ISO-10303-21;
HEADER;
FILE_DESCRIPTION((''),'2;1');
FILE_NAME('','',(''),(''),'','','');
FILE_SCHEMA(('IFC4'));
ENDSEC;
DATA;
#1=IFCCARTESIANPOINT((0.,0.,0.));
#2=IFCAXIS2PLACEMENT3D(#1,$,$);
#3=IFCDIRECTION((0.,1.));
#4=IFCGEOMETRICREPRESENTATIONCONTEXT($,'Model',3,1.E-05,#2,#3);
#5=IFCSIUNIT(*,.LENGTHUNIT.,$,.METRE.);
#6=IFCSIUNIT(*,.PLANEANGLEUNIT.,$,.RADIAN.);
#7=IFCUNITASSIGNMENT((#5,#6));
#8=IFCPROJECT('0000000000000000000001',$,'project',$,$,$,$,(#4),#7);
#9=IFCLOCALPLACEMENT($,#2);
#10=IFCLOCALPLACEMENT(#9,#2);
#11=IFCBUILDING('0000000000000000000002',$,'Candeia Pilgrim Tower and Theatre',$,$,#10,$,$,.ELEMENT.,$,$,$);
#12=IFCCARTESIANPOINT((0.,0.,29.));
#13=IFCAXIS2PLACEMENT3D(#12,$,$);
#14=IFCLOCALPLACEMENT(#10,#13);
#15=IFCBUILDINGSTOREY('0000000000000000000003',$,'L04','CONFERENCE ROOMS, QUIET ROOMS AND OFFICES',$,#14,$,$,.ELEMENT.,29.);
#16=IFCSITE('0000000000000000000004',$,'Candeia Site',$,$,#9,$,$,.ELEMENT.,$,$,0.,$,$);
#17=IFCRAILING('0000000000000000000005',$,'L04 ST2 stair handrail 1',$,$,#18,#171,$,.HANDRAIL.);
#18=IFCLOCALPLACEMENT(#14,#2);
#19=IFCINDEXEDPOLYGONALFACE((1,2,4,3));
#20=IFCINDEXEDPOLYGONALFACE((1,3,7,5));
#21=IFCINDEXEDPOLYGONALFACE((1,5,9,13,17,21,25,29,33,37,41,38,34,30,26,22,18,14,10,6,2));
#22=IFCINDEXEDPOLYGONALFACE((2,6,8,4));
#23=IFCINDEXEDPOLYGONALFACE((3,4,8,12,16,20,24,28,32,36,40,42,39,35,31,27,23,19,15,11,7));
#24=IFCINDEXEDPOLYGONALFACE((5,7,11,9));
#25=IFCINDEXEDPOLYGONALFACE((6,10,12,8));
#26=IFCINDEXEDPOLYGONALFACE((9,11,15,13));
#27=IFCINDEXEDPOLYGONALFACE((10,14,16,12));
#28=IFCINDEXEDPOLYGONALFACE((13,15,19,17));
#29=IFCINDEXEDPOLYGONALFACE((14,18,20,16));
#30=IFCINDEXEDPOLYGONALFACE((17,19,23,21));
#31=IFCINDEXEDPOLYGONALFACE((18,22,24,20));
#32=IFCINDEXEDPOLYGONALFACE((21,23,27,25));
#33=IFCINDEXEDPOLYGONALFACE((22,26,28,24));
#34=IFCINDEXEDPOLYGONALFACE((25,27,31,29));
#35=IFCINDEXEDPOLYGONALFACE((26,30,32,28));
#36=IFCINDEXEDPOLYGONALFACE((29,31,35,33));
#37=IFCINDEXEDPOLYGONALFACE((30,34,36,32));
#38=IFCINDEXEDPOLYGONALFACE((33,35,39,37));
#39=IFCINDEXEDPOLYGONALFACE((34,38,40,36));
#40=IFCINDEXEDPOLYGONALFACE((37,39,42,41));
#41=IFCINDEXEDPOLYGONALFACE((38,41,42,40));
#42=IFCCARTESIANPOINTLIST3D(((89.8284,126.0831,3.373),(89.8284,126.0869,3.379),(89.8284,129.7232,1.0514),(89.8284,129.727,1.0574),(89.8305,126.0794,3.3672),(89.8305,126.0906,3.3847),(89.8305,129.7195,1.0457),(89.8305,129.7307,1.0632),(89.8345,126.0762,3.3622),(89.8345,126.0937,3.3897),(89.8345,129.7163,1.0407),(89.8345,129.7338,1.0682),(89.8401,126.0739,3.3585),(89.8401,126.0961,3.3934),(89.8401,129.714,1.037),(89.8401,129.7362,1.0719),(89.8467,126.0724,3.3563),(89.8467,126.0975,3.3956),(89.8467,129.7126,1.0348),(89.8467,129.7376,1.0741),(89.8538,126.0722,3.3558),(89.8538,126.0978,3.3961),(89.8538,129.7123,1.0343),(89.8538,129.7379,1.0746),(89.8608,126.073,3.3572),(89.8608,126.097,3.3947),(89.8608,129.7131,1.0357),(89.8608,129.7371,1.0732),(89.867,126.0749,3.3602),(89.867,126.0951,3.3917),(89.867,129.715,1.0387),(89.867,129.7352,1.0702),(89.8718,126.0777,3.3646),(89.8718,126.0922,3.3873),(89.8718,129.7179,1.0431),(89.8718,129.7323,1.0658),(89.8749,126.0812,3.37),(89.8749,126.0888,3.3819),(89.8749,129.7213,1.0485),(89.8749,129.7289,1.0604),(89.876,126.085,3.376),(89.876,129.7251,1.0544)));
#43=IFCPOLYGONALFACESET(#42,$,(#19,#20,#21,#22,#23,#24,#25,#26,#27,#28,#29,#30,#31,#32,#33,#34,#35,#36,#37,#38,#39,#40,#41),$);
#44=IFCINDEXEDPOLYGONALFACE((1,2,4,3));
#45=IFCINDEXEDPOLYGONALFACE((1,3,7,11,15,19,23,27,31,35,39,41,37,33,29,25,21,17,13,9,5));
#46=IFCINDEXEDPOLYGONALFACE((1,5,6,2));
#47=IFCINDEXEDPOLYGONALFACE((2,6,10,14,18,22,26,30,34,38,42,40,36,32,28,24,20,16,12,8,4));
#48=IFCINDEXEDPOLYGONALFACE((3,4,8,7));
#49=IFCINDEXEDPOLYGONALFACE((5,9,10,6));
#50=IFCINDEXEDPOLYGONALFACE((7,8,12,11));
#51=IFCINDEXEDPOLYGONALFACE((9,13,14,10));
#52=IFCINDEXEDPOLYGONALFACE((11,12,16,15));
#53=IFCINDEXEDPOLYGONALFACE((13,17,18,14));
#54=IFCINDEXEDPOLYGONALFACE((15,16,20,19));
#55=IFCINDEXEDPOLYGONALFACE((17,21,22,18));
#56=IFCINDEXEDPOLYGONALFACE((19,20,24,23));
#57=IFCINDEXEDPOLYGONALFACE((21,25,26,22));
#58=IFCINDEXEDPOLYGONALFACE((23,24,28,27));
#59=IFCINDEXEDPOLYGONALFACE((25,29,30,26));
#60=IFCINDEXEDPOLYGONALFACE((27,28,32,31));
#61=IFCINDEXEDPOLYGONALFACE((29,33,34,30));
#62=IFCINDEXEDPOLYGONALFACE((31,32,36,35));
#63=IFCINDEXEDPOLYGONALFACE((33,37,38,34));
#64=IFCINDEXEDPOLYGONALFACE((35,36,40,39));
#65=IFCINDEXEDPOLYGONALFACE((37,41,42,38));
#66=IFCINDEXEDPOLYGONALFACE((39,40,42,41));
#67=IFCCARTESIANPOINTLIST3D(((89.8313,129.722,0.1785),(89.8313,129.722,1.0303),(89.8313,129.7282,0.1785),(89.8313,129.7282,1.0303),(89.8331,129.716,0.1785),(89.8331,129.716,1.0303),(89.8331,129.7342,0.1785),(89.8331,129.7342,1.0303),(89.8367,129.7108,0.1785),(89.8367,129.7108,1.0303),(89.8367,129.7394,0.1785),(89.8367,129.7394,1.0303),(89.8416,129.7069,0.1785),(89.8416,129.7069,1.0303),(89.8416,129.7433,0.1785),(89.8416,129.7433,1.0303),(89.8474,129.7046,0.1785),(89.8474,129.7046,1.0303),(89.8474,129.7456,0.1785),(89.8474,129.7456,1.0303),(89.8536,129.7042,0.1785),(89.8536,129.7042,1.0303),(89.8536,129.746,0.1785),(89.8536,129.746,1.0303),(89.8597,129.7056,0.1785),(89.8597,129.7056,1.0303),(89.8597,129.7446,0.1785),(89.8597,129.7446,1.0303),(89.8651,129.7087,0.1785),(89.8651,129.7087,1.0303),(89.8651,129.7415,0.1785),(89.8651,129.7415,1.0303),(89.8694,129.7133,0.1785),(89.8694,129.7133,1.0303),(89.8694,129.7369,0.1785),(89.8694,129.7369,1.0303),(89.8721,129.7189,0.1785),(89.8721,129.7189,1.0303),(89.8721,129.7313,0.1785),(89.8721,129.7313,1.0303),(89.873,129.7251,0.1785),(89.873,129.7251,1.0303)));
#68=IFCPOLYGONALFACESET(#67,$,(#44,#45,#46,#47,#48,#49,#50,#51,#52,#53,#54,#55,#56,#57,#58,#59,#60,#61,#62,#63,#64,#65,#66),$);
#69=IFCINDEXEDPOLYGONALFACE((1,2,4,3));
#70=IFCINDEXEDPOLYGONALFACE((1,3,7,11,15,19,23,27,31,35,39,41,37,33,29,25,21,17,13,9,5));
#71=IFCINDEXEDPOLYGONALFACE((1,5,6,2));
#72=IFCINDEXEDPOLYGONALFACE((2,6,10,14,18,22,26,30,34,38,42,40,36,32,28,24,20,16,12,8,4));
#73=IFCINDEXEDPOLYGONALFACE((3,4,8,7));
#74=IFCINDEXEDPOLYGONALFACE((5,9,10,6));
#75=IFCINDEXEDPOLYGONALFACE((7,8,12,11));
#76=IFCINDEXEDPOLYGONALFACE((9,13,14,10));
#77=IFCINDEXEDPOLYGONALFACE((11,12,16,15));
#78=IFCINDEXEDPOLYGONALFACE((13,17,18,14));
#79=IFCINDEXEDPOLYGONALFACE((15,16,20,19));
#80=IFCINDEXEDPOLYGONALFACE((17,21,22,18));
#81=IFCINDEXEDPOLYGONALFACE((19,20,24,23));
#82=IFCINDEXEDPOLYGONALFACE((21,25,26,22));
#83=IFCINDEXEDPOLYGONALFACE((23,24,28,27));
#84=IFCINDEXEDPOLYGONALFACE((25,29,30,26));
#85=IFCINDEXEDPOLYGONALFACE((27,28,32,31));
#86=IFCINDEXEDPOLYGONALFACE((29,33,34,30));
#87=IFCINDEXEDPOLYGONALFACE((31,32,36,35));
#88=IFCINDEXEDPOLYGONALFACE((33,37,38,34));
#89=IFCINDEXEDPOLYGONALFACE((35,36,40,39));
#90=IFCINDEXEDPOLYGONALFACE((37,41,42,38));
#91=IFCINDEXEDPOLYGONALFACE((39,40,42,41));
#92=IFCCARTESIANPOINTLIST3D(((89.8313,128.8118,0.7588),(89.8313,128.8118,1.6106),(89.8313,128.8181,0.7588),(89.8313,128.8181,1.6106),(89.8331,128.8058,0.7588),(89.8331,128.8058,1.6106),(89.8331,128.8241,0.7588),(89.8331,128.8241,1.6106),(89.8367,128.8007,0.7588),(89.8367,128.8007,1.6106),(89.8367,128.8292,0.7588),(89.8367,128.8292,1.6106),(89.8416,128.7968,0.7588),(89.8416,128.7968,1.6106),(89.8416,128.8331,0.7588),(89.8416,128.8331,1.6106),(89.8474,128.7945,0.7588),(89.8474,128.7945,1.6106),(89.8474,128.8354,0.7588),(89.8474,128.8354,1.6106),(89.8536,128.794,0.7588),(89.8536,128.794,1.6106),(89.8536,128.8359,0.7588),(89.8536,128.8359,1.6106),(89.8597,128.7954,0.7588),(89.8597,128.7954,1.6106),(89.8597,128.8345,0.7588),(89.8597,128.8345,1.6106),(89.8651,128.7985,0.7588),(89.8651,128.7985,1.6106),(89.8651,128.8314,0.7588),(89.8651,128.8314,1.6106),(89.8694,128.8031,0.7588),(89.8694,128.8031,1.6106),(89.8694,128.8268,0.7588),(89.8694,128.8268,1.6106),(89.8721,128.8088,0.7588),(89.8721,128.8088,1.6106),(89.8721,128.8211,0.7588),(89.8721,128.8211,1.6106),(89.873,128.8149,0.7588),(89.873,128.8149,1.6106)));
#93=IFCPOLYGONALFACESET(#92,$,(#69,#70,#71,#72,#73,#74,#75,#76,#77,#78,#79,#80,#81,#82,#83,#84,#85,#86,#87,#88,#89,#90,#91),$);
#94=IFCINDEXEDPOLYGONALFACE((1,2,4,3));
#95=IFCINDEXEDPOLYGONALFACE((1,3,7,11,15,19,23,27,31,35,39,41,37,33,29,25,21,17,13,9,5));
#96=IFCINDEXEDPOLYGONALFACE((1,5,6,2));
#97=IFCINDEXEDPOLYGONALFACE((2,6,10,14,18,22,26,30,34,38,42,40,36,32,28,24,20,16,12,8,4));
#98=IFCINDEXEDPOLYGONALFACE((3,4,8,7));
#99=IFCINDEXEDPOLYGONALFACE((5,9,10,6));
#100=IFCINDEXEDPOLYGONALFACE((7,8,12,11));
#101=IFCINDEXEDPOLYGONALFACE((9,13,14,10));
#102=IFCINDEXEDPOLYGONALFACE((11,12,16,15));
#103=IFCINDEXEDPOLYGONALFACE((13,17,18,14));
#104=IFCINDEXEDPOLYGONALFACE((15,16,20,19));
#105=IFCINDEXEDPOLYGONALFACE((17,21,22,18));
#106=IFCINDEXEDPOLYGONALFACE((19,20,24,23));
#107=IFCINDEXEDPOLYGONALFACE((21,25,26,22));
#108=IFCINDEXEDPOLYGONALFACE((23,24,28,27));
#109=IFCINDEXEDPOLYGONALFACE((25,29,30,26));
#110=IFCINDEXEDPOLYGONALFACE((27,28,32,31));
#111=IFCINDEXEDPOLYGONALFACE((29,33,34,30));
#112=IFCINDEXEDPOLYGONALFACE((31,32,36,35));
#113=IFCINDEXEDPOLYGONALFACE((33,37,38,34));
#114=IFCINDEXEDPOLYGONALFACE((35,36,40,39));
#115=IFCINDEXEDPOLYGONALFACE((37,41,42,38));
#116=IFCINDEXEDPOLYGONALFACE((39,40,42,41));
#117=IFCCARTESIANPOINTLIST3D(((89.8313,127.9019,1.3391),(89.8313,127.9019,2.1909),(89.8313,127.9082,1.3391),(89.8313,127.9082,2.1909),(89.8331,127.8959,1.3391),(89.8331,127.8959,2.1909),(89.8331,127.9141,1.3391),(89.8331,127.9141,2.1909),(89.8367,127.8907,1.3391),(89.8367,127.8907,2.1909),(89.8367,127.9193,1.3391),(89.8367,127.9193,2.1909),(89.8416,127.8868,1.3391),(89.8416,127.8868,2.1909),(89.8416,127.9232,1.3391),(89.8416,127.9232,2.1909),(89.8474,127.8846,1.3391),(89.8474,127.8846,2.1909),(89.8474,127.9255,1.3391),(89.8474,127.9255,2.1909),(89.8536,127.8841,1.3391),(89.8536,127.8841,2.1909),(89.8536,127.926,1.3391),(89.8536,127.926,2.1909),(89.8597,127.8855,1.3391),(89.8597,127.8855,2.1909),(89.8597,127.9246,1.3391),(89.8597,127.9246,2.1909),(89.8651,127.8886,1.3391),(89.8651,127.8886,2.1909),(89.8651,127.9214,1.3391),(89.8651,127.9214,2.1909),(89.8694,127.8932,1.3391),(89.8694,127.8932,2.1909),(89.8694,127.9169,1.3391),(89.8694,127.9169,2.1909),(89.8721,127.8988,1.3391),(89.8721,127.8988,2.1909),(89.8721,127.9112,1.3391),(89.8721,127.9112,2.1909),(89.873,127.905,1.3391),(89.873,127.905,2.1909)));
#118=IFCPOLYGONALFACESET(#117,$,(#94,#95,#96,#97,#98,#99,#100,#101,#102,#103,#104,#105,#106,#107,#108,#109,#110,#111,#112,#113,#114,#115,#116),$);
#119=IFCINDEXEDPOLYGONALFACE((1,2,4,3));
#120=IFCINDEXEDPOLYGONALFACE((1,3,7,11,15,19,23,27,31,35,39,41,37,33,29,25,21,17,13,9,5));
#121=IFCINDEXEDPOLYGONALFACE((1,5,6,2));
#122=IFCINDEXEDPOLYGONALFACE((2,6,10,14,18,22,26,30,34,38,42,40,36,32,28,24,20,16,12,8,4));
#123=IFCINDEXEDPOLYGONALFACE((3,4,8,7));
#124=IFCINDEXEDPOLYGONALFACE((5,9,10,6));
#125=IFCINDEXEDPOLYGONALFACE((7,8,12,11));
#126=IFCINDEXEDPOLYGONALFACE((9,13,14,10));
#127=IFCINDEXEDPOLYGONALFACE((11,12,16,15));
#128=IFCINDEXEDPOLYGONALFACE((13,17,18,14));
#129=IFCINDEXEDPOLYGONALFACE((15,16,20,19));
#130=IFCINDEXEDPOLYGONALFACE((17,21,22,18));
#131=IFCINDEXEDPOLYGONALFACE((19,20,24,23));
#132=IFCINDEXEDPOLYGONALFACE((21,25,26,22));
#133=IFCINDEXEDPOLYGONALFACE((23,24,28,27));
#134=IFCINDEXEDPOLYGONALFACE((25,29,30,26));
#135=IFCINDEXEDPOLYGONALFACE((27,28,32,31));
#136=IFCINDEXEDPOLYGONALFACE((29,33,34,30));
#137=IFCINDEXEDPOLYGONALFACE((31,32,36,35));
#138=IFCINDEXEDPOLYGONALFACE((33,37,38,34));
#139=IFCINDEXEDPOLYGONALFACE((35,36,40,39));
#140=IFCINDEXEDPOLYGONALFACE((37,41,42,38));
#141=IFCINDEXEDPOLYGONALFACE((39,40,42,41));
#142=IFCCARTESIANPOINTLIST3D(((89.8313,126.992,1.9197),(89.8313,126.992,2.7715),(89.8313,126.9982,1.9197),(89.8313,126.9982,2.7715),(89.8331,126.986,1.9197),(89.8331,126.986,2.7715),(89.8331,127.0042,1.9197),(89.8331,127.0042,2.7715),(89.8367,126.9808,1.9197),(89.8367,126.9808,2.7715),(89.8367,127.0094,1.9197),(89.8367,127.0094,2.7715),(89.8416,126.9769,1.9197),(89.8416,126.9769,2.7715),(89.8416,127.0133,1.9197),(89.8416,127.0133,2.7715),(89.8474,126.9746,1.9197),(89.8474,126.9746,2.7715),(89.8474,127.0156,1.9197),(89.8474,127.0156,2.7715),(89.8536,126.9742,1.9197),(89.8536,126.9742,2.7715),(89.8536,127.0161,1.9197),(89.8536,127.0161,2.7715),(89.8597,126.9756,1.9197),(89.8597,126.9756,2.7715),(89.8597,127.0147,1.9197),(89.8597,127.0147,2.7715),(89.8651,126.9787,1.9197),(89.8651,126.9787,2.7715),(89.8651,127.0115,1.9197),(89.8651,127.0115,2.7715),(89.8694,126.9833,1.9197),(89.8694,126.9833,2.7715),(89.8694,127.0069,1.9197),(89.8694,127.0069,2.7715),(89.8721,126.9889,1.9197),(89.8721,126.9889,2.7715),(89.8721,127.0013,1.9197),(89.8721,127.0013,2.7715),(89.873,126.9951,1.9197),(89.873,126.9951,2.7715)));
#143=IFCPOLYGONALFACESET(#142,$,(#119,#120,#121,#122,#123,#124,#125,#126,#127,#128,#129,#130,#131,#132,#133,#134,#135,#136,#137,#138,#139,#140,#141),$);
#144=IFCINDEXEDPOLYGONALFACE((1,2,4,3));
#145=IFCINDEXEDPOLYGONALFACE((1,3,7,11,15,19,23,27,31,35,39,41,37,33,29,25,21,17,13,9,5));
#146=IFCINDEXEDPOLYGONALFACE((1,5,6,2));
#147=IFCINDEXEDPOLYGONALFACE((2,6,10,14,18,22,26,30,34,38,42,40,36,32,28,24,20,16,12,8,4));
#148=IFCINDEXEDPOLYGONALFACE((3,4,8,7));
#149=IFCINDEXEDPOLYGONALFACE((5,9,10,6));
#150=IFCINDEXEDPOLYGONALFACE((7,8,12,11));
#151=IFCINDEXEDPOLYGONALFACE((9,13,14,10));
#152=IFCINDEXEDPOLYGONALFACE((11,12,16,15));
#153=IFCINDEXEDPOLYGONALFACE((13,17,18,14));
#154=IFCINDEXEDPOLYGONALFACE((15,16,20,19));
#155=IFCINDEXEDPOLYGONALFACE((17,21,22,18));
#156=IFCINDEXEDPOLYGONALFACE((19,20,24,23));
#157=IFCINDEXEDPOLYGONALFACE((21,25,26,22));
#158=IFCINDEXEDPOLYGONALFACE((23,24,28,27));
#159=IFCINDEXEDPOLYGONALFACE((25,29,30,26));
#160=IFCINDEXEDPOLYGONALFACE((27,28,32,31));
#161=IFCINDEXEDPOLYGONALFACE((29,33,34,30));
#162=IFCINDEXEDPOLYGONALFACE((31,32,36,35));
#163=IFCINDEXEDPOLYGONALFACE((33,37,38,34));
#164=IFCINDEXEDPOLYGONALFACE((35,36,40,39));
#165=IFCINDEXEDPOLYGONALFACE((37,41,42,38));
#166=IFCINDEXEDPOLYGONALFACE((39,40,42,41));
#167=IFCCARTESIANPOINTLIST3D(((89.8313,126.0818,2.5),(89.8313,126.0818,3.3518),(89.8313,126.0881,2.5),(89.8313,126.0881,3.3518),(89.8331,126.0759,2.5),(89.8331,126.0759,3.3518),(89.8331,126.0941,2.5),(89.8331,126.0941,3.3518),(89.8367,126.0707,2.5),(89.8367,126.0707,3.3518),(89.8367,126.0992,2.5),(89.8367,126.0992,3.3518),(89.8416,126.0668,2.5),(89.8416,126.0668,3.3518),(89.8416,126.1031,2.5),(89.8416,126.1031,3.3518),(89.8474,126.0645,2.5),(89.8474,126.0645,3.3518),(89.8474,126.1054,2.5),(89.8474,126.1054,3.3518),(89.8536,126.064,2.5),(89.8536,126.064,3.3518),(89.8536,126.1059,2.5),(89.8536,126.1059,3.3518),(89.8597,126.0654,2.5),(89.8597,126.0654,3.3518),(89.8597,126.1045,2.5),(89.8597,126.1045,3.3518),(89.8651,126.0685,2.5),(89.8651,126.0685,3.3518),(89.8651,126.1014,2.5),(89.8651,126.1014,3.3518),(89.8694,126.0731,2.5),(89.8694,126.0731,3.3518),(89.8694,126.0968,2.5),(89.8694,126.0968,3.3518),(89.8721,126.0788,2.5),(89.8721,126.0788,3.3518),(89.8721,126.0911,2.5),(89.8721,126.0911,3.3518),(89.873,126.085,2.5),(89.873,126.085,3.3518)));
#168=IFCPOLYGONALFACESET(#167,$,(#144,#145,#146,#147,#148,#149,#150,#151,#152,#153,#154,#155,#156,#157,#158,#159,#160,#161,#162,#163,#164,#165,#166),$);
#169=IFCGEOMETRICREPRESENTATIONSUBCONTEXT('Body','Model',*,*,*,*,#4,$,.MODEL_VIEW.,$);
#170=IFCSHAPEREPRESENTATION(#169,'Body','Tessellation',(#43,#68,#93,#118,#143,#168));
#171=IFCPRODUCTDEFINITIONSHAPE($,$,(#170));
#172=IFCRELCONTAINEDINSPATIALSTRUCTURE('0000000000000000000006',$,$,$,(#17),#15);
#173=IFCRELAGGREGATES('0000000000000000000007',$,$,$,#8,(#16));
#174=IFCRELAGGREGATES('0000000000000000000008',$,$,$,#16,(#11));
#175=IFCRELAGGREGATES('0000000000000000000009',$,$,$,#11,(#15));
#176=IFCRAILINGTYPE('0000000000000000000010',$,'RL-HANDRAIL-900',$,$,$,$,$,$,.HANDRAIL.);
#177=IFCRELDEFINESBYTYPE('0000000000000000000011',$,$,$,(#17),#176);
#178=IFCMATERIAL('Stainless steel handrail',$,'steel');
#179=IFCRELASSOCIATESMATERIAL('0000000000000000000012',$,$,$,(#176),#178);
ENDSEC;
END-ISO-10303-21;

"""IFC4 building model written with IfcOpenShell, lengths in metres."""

from ifc_helpers import new_model, si_unit, direction, frame, origin, origin_2d, place, context, subcontext, project, spatial, circle, extrude, material, type_object, element, save


model = new_model("IFC4")

# Units and contexts
model_context = context("Model", 3, precision=1e-05, world=origin(), true_north=direction((0.0, 1.0)))
body_context = subcontext(model_context, "Body", "Model", "MODEL_VIEW")
ifc_project = project(units=[si_unit("LENGTHUNIT", "METRE"), si_unit("PLANEANGLEUNIT", "RADIAN")], contexts=[model_context])

# Site, building, storey
site_placement = place(None, origin())
site = spatial("IfcSite", under=ifc_project, at=site_placement, Name="Candeia Site", CompositionType="ELEMENT", RefElevation=0.0)
building_placement = place(site_placement, origin())
building = spatial("IfcBuilding", under=site, at=building_placement, Name="Candeia Pilgrim Tower and Theatre", CompositionType="ELEMENT")
storey_placement = place(building_placement, frame((0.0, 0.0, 29.0)))
storey = spatial("IfcBuildingStorey", under=building, at=storey_placement, Name="L04", Description="CONFERENCE ROOMS, QUIET ROOMS AND OFFICES", CompositionType="ELEMENT", Elevation=29.0)

# Railing
ifc_material_1 = material(Name="Stainless steel handrail", Category="steel")
railing_type = type_object("IfcRailingType", Name="RL-HANDRAIL-900", PredefinedType="HANDRAIL", material=ifc_material_1)
for number, where, name in (
    (1, (89.8521, 129.7251, 0.1785), "L04 ST2 stair handrail 1"),
):
    element("IfcRailing", number, at=place(storey_placement, frame(where)), inside=storey, type_object=railing_type, Name=name, PredefinedType="HANDRAIL", context=body_context, shape_type="SweptSolid", body=[
        extrude(circle(Radius=0.0239, at=origin_2d()), frame((0.0, 0.0, 0.876), z_axis=(0.0, -0.843128, 0.537713), x_axis=(1.0, 0.0, 0.0)), (0.0, 0.0, 1.0), 4.3174),
        extrude(circle(Radius=0.021, at=origin_2d()), origin(), (0.0, 0.0, 1.0), 0.8518),
        extrude(circle(Radius=0.021, at=origin_2d()), frame((0.0, -0.9102, 0.5803)), (0.0, 0.0, 1.0), 0.8518),
        extrude(circle(Radius=0.021, at=origin_2d()), frame((0.0, -1.8201, 1.1606)), (0.0, 0.0, 1.0), 0.8518),
        extrude(circle(Radius=0.021, at=origin_2d()), frame((0.0, -2.73, 1.7412)), (0.0, 0.0, 1.0), 0.8518),
        extrude(circle(Radius=0.021, at=origin_2d()), frame((0.0, -3.6401, 2.3215)), (0.0, 0.0, 1.0), 0.8518),
    ])

save(model, "model.ifc")
